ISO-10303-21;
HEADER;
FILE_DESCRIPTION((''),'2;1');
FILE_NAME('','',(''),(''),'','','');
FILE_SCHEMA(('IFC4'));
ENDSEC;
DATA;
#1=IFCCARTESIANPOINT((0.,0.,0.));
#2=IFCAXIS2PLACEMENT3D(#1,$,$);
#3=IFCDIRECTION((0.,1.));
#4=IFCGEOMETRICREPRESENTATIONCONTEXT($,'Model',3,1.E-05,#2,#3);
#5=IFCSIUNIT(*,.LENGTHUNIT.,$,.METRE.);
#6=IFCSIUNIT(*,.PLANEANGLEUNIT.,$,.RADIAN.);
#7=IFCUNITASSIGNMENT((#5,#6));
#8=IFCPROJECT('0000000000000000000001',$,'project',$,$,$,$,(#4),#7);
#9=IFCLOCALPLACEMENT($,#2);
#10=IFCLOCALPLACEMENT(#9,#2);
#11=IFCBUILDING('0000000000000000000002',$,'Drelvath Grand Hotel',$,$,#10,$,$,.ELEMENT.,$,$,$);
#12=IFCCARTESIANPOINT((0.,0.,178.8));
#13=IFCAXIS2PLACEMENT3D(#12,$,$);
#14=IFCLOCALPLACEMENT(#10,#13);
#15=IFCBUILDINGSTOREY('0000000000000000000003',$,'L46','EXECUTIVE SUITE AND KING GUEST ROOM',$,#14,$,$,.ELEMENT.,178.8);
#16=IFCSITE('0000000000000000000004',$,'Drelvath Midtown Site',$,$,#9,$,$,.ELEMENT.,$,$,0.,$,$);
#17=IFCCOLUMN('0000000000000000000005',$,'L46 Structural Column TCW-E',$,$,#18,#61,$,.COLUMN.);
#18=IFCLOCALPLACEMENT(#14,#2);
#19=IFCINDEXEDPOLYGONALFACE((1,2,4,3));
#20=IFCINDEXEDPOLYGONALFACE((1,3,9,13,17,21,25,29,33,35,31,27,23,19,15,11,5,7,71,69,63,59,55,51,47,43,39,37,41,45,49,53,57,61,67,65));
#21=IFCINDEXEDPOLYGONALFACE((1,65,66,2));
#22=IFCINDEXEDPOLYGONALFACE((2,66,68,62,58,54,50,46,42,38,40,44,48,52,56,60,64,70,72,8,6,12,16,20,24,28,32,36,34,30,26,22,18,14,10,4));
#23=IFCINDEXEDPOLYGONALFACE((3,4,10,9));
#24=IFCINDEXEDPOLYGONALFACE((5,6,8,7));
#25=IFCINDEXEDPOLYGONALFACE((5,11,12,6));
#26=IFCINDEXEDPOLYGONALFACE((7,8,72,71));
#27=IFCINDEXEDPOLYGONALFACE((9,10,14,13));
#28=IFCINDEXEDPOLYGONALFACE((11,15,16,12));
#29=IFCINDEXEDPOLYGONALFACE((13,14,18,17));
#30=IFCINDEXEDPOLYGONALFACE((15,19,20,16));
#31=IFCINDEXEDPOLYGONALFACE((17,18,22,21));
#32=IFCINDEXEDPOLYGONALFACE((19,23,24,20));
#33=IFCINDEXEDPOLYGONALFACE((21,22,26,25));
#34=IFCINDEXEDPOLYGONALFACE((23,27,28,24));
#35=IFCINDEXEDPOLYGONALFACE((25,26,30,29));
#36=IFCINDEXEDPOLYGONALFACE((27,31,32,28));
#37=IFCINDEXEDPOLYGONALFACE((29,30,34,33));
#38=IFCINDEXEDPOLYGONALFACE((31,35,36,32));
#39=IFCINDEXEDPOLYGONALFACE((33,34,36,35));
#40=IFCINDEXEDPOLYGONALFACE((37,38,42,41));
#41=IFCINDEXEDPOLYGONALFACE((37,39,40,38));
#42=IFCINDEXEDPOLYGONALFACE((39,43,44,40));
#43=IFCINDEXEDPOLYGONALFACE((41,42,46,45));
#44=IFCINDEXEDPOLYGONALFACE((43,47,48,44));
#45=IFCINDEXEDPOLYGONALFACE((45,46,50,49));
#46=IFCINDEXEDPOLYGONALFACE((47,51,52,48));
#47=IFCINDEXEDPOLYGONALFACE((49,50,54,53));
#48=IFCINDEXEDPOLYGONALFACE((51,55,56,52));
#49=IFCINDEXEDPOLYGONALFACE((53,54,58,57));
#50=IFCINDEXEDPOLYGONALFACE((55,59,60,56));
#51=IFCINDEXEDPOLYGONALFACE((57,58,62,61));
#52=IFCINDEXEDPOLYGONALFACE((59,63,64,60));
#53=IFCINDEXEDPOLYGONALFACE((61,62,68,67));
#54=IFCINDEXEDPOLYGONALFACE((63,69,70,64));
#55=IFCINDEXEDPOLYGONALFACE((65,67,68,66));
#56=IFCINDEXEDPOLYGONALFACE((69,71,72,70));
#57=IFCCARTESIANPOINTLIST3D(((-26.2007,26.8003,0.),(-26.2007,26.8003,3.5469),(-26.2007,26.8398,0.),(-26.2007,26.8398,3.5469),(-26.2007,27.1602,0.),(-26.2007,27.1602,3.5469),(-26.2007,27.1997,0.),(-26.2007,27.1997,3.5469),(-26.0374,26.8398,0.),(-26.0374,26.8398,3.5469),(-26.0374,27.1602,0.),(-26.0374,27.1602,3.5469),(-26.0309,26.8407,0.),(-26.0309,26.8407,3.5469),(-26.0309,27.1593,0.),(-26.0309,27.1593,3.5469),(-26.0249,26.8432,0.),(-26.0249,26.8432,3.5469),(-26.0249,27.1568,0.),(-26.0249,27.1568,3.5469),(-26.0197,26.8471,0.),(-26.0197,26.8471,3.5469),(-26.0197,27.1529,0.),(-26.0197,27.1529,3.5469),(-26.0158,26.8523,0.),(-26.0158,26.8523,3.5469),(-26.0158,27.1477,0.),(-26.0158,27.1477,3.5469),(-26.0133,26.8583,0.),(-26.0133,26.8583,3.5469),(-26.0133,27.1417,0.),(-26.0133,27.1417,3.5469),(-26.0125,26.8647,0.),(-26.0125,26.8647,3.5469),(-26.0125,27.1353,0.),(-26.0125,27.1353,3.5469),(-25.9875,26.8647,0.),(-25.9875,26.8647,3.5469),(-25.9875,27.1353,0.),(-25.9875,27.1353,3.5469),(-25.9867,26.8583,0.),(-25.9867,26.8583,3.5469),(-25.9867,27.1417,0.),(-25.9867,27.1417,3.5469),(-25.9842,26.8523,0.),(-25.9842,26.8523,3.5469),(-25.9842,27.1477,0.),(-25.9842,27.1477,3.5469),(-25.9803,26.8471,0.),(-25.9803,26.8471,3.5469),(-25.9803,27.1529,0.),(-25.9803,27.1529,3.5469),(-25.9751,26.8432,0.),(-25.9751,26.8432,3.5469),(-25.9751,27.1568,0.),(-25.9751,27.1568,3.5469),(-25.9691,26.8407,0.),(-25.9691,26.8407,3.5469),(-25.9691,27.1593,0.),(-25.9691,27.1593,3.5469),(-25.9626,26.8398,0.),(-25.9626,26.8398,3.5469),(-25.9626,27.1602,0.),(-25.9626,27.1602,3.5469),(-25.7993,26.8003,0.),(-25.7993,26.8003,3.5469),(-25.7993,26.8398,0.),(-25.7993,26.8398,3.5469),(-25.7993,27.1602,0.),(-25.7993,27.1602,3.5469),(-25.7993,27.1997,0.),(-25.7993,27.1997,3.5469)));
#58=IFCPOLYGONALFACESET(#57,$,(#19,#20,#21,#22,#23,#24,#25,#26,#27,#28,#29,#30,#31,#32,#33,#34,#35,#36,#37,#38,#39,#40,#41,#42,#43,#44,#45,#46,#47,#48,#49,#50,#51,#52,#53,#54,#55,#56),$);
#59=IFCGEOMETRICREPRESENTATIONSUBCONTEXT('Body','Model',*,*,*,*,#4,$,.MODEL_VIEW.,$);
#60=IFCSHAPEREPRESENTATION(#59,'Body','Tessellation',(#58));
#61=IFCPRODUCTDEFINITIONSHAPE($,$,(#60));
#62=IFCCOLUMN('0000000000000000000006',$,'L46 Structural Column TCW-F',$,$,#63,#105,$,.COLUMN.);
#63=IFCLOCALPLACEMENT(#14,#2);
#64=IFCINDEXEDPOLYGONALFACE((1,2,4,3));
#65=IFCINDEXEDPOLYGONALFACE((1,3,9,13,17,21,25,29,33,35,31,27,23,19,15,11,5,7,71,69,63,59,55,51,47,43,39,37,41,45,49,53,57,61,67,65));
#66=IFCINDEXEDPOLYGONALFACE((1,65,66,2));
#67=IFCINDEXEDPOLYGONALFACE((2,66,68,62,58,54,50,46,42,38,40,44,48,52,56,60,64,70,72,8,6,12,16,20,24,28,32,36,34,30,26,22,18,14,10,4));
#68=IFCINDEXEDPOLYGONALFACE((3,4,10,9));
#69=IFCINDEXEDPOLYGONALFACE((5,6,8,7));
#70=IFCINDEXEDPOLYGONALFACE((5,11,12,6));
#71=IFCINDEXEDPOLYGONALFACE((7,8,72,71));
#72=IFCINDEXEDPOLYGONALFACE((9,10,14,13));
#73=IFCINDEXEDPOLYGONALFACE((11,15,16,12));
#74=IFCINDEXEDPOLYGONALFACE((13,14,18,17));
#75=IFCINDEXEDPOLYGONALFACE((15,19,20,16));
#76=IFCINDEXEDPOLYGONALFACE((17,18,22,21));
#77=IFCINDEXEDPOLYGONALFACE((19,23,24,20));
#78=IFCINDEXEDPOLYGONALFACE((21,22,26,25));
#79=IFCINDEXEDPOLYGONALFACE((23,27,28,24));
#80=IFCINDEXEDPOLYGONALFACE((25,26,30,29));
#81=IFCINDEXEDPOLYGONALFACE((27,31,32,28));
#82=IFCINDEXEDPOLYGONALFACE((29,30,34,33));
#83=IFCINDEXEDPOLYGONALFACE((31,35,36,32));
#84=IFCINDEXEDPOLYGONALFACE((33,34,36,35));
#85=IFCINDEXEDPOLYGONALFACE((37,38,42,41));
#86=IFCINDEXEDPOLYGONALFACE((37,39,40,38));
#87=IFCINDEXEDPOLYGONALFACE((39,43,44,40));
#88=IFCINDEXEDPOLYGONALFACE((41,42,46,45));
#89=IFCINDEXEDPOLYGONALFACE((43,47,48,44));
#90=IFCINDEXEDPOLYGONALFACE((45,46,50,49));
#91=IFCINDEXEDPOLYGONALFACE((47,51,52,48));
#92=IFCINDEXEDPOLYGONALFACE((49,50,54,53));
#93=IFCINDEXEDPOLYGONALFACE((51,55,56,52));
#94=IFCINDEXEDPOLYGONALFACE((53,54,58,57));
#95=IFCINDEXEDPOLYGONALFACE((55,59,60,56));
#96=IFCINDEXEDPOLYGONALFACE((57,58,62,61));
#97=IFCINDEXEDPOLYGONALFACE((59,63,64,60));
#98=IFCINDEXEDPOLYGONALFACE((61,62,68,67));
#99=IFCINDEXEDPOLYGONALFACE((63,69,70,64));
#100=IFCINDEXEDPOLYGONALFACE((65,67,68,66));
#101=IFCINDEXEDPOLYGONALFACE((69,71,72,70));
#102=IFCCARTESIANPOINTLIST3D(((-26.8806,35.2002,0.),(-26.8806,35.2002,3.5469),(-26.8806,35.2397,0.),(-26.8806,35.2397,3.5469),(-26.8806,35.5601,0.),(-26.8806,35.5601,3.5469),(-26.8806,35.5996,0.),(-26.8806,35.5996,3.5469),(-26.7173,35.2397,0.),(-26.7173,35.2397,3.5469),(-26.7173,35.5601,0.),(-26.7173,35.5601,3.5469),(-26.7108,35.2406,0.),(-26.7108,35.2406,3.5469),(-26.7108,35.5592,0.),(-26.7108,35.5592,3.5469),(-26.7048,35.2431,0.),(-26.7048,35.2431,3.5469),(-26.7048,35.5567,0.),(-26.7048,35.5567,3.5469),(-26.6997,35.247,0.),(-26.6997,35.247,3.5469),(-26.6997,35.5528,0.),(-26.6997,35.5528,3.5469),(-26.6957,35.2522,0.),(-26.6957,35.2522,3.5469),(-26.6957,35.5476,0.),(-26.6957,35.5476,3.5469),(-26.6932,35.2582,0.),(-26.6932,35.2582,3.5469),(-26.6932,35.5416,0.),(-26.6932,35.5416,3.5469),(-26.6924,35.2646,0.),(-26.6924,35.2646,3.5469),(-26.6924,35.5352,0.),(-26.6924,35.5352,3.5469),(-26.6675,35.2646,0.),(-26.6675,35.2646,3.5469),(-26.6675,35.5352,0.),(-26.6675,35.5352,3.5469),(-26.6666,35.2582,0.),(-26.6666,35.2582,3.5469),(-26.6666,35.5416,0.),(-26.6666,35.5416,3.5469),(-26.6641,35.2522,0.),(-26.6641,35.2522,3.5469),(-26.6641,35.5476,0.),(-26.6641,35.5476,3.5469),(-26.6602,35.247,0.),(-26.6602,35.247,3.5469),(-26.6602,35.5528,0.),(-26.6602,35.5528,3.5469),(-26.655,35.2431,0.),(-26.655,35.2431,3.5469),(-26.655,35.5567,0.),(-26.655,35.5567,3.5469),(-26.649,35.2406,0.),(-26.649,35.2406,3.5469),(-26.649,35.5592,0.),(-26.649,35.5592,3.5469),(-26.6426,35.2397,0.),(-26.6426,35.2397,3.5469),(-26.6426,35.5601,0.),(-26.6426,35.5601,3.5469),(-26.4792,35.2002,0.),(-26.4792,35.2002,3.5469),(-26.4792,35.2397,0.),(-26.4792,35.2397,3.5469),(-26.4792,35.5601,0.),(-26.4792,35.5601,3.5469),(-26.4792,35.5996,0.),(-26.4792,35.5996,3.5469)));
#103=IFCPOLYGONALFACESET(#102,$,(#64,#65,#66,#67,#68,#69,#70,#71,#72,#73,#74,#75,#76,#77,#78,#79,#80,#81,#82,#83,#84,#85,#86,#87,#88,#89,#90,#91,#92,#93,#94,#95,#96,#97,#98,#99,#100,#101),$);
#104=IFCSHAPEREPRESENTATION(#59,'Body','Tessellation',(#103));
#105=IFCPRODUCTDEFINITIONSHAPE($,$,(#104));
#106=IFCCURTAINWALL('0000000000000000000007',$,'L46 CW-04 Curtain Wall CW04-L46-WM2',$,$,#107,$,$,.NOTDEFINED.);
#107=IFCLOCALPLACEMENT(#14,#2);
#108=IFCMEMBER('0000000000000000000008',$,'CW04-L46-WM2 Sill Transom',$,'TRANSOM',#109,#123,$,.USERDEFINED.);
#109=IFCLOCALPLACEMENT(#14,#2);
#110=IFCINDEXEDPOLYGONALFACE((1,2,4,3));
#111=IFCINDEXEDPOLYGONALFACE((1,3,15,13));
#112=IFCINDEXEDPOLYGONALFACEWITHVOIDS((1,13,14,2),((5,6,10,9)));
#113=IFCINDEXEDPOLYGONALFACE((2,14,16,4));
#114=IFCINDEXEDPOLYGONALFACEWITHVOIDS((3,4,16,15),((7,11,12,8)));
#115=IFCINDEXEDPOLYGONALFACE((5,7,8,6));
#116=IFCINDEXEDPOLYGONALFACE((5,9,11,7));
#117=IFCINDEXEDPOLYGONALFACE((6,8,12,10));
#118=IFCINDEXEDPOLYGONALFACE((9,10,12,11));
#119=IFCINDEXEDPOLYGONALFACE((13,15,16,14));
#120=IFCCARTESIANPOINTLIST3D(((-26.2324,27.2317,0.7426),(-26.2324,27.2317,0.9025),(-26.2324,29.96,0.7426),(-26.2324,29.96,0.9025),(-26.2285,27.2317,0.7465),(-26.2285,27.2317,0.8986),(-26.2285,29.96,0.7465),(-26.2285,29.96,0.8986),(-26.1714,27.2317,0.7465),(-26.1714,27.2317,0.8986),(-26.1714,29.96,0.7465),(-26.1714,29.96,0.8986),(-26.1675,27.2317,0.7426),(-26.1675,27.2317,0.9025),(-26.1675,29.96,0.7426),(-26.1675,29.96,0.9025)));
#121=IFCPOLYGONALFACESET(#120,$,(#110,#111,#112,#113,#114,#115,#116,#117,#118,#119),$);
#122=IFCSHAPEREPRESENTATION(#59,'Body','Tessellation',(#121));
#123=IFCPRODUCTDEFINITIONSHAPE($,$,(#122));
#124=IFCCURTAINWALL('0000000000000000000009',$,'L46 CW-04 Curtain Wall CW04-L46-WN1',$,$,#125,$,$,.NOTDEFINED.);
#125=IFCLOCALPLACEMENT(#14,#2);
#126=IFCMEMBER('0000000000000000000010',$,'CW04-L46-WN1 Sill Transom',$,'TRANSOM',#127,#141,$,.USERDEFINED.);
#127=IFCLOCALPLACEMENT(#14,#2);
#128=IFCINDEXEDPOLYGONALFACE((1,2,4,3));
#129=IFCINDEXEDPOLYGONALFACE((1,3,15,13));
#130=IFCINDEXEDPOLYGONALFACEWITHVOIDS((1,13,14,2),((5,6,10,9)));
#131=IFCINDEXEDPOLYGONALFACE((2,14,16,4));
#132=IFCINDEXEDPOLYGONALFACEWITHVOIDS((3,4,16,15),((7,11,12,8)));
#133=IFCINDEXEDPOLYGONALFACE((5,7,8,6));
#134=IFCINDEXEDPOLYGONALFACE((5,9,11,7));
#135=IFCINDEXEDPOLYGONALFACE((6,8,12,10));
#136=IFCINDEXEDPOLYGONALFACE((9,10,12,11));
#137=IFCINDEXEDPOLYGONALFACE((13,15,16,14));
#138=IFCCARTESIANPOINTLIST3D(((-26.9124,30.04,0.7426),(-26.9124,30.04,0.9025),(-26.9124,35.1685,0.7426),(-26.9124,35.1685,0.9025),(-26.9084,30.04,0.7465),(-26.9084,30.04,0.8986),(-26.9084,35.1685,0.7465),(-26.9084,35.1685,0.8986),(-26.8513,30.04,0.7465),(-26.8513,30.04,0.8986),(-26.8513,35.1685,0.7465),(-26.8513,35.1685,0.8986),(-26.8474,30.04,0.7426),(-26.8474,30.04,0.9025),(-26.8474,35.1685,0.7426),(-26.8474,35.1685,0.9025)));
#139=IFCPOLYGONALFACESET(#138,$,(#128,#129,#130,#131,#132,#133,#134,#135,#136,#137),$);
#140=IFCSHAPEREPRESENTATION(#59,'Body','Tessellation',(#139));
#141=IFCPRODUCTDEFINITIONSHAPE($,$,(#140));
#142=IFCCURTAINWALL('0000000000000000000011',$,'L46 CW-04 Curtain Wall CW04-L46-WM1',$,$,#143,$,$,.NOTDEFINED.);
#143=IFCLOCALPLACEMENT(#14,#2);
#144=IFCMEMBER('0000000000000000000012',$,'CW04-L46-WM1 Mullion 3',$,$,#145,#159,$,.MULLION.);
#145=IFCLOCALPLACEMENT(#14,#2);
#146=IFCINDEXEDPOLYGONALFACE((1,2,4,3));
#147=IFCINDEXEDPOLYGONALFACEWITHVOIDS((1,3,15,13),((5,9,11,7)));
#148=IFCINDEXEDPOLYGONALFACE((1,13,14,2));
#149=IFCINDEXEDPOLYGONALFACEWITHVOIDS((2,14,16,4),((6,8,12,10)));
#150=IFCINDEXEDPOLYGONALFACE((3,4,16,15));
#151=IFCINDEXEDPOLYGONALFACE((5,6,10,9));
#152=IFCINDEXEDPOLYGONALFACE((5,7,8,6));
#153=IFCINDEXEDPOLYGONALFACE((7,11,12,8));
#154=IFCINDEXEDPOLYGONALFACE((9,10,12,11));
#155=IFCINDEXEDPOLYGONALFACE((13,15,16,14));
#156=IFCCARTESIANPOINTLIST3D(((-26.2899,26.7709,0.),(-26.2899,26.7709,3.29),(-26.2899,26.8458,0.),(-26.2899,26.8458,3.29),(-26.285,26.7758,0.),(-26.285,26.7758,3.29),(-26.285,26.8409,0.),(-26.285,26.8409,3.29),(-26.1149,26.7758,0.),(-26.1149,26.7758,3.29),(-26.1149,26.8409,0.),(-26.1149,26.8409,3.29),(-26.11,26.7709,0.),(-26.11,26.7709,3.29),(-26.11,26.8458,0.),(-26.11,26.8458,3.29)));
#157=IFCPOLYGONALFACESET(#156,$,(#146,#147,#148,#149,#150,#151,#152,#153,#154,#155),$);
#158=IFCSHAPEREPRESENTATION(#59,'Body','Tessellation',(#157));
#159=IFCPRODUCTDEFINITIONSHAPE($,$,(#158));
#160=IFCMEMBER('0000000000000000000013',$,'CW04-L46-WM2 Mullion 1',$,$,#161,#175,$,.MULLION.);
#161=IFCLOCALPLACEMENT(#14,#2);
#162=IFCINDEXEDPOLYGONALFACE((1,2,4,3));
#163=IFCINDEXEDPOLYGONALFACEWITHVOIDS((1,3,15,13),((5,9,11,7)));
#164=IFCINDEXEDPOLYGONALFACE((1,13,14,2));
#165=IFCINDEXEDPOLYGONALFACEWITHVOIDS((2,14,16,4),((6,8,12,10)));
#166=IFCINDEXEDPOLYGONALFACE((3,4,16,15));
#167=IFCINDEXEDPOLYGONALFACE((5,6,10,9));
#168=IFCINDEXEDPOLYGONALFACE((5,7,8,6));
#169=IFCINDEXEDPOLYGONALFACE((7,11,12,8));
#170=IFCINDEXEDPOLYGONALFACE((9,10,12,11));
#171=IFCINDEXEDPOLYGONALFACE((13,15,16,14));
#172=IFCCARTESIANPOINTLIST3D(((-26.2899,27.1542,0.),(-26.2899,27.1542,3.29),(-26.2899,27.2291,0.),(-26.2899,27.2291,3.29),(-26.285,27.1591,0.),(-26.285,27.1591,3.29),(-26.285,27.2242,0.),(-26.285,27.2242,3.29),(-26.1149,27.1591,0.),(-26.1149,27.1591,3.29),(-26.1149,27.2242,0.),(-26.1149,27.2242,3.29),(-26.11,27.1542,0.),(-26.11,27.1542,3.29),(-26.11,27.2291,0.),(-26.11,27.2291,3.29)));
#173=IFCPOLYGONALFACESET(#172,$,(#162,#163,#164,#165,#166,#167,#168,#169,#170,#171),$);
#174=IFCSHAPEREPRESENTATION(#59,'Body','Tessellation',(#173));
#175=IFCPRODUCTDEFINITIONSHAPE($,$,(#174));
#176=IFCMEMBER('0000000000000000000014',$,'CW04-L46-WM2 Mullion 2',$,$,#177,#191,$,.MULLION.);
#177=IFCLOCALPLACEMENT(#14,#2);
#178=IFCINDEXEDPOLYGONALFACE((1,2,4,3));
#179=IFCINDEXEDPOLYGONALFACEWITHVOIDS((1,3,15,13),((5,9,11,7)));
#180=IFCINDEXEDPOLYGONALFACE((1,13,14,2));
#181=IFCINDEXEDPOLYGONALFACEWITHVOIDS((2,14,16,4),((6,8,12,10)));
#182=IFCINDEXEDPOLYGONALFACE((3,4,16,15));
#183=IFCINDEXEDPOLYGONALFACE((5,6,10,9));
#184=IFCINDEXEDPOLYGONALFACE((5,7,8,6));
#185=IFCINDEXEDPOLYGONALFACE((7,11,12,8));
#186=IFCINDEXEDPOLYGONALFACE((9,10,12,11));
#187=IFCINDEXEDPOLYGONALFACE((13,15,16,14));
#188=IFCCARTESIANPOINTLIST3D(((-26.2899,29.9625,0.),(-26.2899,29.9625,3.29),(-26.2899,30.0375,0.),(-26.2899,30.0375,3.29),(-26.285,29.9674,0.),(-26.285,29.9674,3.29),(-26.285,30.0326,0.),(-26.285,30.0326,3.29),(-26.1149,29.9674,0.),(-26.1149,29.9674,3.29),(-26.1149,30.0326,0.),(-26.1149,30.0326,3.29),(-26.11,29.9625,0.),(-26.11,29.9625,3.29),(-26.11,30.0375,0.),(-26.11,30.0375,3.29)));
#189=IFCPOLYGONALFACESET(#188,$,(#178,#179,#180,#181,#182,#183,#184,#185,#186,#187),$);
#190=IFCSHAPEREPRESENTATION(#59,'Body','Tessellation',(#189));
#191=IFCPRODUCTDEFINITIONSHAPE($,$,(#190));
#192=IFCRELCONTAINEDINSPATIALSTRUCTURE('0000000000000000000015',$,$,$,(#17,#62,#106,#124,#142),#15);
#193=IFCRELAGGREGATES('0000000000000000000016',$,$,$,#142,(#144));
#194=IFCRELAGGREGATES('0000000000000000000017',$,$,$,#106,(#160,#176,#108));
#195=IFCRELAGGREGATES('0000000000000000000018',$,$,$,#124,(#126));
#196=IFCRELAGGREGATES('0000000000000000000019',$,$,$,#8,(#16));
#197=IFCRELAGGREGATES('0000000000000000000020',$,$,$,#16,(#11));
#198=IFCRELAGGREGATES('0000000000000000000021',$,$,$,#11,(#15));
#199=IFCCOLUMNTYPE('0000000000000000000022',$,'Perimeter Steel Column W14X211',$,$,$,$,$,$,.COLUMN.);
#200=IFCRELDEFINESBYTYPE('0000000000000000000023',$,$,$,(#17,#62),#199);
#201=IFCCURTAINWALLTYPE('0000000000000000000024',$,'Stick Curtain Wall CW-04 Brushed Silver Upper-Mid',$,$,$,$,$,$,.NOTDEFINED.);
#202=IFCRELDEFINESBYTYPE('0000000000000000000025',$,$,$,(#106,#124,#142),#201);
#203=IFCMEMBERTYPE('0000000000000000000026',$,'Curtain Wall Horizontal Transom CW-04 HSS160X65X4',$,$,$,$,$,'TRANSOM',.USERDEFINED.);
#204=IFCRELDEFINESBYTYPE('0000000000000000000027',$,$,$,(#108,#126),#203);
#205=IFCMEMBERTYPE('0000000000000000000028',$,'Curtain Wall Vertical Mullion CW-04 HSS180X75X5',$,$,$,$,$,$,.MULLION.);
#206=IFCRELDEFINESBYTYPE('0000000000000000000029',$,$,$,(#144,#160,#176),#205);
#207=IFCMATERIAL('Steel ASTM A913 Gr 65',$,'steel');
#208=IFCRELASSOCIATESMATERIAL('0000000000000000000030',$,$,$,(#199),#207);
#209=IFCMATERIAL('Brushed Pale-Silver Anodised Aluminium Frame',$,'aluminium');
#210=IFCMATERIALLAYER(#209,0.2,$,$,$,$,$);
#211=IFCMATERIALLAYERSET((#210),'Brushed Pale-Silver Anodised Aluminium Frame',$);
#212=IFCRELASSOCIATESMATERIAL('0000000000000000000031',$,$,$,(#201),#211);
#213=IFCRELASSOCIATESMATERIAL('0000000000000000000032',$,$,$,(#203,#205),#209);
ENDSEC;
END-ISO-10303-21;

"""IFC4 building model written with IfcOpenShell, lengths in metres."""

from ifc_helpers import new_model, si_unit, direction, frame, origin, origin_2d, place, context, subcontext, project, spatial, hollow_rectangle, i_section, extrude, material, layer, layer_set, material_profile, profile_set, type_object, element, aggregate, save


model = new_model("IFC4")

# Units and contexts
model_context = context("Model", 3, precision=1e-05, world=origin(), true_north=direction((0.0, 1.0)))
body_context = subcontext(model_context, "Body", "Model", "MODEL_VIEW")
ifc_project = project(units=[si_unit("LENGTHUNIT", "METRE"), si_unit("PLANEANGLEUNIT", "RADIAN")], contexts=[model_context])

# Site, building, storey
site_placement = place(None, origin())
site = spatial("IfcSite", under=ifc_project, at=site_placement, Name="Drelvath Midtown Site", CompositionType="ELEMENT", RefElevation=0.0)
building_placement = place(site_placement, origin())
building = spatial("IfcBuilding", under=site, at=building_placement, Name="Drelvath Grand Hotel", CompositionType="ELEMENT")
storey_placement = place(building_placement, frame((0.0, 0.0, 178.8)))
storey = spatial("IfcBuildingStorey", under=building, at=storey_placement, Name="L46", Description="EXECUTIVE SUITE AND KING GUEST ROOM", CompositionType="ELEMENT", Elevation=178.8)

# Columns
ifc_material_1 = material(Name="Steel ASTM A913 Gr 65", Category="steel")
ifc_material_profile_1 = material_profile(ifc_material_1, i_section(OverallWidth=0.4014, OverallDepth=0.3994, WebThickness=0.0249, FlangeThickness=0.0396, FilletRadius=0.0249, at=origin_2d()), Name="W14X211")
ifc_profile_set_1 = profile_set([ifc_material_profile_1], Name="Steel ASTM A913 Gr 65")
column_type = type_object("IfcColumnType", Name="Perimeter Steel Column W14X211", PredefinedType="COLUMN", material=ifc_profile_set_1)
for number, where, z_axis, x_axis, name in (
    (1, (-26.0, 27.0, 0.0), (0.0, 0.0, 1.0), (1.0, 0.0, 0.0), "L46 Structural Column TCW-E"),
    (2, (-26.6799, 35.3999, 0.0), (0.0, 0.0, 1.0), (1.0, 0.0, 0.0), "L46 Structural Column TCW-F"),
):
    element("IfcColumn", number, at=place(storey_placement, frame(where, z_axis=z_axis, x_axis=x_axis)), inside=storey, type_object=column_type, Name=name, PredefinedType="COLUMN", context=body_context, shape_type="SweptSolid", body=[
        extrude(i_section(OverallWidth=0.4014, OverallDepth=0.3994, WebThickness=0.0249, FlangeThickness=0.0396, FilletRadius=0.0249, at=origin_2d()), origin(), (0.0, 0.0, 1.0), 3.5469),
    ])

# Curtain walls, members
ifc_material_2 = material(Name="Brushed Pale-Silver Anodised Aluminium Frame", Category="aluminium")
ifc_layer_1 = layer(ifc_material_2, 0.2)
ifc_layer_set_1 = layer_set([ifc_layer_1], Name="Brushed Pale-Silver Anodised Aluminium Frame")
curtain_wall_type = type_object("IfcCurtainWallType", Name="Stick Curtain Wall CW-04 Brushed Silver Upper-Mid", PredefinedType="NOTDEFINED", material=ifc_layer_set_1)
curtain_wall_1_placement = place(storey_placement, origin())
curtain_wall_1 = element("IfcCurtainWall", 3, at=curtain_wall_1_placement, inside=storey, type_object=curtain_wall_type, Name="L46 CW-04 Curtain Wall CW04-L46-WM2", PredefinedType="NOTDEFINED")
ifc_material_profile_2 = material_profile(ifc_material_2, hollow_rectangle(XDim=0.0649, YDim=0.1599, WallThickness=0.0039, at=origin_2d()), Name="HSS160X65X4")
ifc_profile_set_2 = profile_set([ifc_material_profile_2], Name="Brushed Pale-Silver Anodised Aluminium Frame")
member_type_1 = type_object("IfcMemberType", Name="Curtain Wall Horizontal Transom CW-04 HSS160X65X4", ElementType="TRANSOM", PredefinedType="USERDEFINED", material=ifc_profile_set_2)
member_1_placement = place(storey_placement, frame((-26.2, 27.2317, 0.8225), z_axis=(0.0, 1.0, 0.0), x_axis=(-1.0, 0.0, 0.0)))
member_1 = element("IfcMember", 4, at=member_1_placement, type_object=member_type_1, Name="CW04-L46-WM2 Sill Transom", ObjectType="TRANSOM", PredefinedType="USERDEFINED", context=body_context, shape_type="SweptSolid", body=[
    extrude(hollow_rectangle(XDim=0.0649, YDim=0.1599, WallThickness=0.0039, at=origin_2d()), origin(), (0.0, 0.0, 1.0), 2.7283),
])
curtain_wall_2_placement = place(storey_placement, origin())
curtain_wall_2 = element("IfcCurtainWall", 5, at=curtain_wall_2_placement, inside=storey, type_object=curtain_wall_type, Name="L46 CW-04 Curtain Wall CW04-L46-WN1", PredefinedType="NOTDEFINED")
member_2_placement = place(storey_placement, frame((-26.8799, 30.04, 0.8225), z_axis=(0.0, 1.0, 0.0), x_axis=(-1.0, 0.0, 0.0)))
member_2 = element("IfcMember", 6, at=member_2_placement, type_object=member_type_1, Name="CW04-L46-WN1 Sill Transom", ObjectType="TRANSOM", PredefinedType="USERDEFINED", context=body_context, shape_type="SweptSolid", body=[
    extrude(hollow_rectangle(XDim=0.0649, YDim=0.1599, WallThickness=0.0039, at=origin_2d()), origin(), (0.0, 0.0, 1.0), 5.1284),
])
curtain_wall_3_placement = place(storey_placement, origin())
curtain_wall_3 = element("IfcCurtainWall", 7, at=curtain_wall_3_placement, inside=storey, type_object=curtain_wall_type, Name="L46 CW-04 Curtain Wall CW04-L46-WM1", PredefinedType="NOTDEFINED")
ifc_material_profile_3 = material_profile(ifc_material_2, hollow_rectangle(XDim=0.075, YDim=0.1799, WallThickness=0.0049, at=origin_2d()), Name="HSS180X75X5")
ifc_profile_set_3 = profile_set([ifc_material_profile_3], Name="Brushed Pale-Silver Anodised Aluminium Frame")
member_type_2 = type_object("IfcMemberType", Name="Curtain Wall Vertical Mullion CW-04 HSS180X75X5", PredefinedType="MULLION", material=ifc_profile_set_3)
member_3_placement = place(storey_placement, frame((-26.2, 26.8083, 0.0), z_axis=(0.0, 0.0, 1.0), x_axis=(0.0, 1.0, 0.0)))
member_3 = element("IfcMember", 8, at=member_3_placement, type_object=member_type_2, Name="CW04-L46-WM1 Mullion 3", PredefinedType="MULLION", context=body_context, shape_type="SweptSolid", body=[
    extrude(hollow_rectangle(XDim=0.075, YDim=0.1799, WallThickness=0.0049, at=origin_2d()), origin(), (0.0, 0.0, 1.0), 3.29),
])
aggregate(curtain_wall_3, [member_3])

# Members
member_4_placement = place(storey_placement, frame((-26.2, 27.1917, 0.0), z_axis=(0.0, 0.0, 1.0), x_axis=(0.0, 1.0, 0.0)))
member_4 = element("IfcMember", 9, at=member_4_placement, type_object=member_type_2, Name="CW04-L46-WM2 Mullion 1", PredefinedType="MULLION", context=body_context, shape_type="SweptSolid", body=[
    extrude(hollow_rectangle(XDim=0.075, YDim=0.1799, WallThickness=0.0049, at=origin_2d()), origin(), (0.0, 0.0, 1.0), 3.29),
])
member_5_placement = place(storey_placement, frame((-26.2, 30.0, 0.0), z_axis=(0.0, 0.0, 1.0), x_axis=(0.0, 1.0, 0.0)))
member_5 = element("IfcMember", 10, at=member_5_placement, type_object=member_type_2, Name="CW04-L46-WM2 Mullion 2", PredefinedType="MULLION", context=body_context, shape_type="SweptSolid", body=[
    extrude(hollow_rectangle(XDim=0.075, YDim=0.1799, WallThickness=0.0049, at=origin_2d()), origin(), (0.0, 0.0, 1.0), 3.29),
])

aggregate(curtain_wall_1, [member_4, member_5, member_1])
aggregate(curtain_wall_2, [member_2])

save(model, "model.ifc")
